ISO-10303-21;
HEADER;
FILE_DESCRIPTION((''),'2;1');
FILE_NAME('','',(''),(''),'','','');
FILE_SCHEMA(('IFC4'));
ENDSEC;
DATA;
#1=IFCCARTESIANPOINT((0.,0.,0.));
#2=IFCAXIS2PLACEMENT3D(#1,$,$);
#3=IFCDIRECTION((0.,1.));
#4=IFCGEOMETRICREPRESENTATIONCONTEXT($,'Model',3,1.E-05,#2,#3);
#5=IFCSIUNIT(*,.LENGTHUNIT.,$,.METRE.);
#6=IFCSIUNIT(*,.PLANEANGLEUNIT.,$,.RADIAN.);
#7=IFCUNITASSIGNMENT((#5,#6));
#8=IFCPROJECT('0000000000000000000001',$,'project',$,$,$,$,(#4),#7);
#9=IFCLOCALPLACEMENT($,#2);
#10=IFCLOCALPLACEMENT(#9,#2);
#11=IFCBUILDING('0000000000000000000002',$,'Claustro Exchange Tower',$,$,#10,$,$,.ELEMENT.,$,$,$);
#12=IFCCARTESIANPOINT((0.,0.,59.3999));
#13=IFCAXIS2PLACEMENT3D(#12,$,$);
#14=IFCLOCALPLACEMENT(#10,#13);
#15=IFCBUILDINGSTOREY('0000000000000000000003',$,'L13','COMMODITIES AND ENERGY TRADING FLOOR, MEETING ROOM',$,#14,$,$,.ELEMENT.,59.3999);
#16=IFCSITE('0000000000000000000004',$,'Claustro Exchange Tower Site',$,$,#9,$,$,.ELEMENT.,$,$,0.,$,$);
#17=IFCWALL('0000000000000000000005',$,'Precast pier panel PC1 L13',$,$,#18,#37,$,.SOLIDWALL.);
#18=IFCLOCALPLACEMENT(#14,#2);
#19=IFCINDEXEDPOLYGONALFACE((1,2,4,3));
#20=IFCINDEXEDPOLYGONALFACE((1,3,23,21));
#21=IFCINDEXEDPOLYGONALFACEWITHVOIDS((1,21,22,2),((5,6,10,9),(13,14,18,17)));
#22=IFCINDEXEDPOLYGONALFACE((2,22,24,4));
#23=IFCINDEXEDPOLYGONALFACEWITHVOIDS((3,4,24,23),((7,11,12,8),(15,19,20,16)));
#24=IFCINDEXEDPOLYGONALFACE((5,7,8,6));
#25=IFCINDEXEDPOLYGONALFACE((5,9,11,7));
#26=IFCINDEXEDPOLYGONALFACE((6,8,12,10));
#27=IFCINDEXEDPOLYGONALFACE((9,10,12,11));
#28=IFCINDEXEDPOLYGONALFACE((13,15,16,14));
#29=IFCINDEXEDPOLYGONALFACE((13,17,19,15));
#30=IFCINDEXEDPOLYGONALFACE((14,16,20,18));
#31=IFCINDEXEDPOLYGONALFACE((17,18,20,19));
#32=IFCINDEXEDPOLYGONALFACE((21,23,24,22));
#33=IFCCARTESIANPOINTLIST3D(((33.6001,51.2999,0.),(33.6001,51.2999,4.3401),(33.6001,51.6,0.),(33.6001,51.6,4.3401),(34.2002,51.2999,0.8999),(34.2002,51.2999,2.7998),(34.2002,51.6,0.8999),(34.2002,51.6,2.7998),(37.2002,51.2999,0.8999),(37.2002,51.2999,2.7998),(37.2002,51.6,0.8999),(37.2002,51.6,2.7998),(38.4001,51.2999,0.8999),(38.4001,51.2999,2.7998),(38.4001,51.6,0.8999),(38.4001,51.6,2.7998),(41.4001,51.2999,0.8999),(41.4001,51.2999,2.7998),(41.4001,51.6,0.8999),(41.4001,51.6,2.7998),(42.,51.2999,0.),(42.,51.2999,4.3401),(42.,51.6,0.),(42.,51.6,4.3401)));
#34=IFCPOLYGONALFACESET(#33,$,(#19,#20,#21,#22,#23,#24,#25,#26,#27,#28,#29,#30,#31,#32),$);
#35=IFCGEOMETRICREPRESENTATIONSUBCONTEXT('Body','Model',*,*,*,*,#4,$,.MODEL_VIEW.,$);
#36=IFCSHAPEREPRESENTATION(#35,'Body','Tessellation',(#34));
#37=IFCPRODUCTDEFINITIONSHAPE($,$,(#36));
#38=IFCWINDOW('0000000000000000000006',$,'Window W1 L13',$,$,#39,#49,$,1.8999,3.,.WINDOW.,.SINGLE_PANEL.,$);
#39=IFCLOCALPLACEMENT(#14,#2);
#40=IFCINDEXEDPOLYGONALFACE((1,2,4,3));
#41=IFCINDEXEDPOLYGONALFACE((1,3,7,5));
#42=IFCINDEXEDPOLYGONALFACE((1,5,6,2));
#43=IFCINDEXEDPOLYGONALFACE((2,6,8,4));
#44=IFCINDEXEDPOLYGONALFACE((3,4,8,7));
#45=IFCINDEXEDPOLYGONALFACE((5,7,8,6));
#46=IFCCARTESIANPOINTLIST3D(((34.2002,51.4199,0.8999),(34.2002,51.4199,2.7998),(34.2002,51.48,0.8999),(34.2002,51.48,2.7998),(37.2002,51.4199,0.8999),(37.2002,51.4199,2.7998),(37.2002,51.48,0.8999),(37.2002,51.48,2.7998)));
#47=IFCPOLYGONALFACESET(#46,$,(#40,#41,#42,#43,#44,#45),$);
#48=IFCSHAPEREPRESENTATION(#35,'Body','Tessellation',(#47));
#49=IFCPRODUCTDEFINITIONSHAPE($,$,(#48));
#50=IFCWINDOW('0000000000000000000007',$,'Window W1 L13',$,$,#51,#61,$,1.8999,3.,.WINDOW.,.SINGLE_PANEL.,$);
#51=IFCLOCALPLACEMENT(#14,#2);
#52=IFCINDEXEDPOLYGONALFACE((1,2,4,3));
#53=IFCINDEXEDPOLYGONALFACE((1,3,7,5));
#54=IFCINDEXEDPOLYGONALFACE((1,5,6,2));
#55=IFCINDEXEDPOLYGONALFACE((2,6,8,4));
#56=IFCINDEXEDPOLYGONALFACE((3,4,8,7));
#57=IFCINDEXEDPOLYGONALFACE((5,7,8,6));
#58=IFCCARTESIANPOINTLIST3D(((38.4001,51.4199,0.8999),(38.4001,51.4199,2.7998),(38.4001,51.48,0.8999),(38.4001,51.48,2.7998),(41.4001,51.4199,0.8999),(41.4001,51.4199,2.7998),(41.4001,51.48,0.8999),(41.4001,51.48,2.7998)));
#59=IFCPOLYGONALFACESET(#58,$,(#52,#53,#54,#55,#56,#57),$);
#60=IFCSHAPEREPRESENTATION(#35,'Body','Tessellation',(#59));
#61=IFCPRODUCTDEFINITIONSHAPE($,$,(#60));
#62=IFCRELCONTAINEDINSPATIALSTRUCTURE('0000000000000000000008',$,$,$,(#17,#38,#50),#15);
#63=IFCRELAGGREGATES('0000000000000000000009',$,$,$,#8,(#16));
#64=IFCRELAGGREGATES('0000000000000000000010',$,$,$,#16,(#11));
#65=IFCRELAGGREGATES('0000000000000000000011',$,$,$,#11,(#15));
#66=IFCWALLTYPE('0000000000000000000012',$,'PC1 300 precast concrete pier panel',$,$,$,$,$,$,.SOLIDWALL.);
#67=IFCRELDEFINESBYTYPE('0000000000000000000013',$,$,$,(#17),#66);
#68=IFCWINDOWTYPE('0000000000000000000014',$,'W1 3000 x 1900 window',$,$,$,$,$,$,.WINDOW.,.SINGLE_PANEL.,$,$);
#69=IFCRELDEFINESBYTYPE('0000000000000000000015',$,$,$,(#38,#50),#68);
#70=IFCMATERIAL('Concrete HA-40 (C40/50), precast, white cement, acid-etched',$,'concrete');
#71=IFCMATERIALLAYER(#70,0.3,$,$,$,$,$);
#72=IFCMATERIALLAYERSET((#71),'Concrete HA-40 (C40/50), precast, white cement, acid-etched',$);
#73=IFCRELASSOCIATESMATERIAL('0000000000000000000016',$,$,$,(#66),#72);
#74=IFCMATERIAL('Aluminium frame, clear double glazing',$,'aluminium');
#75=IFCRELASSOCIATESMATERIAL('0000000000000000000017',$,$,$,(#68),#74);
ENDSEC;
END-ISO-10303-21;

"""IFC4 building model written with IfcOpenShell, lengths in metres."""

from ifc_helpers import new_model, si_unit, direction, frame, frame_2d, origin, place, context, subcontext, project, spatial, rectangle, extrude, material, layer, layer_set, type_object, element, fill, save


model = new_model("IFC4")

# Units and contexts
model_context = context("Model", 3, precision=1e-05, world=origin(), true_north=direction((0.0, 1.0)))
body_context = subcontext(model_context, "Body", "Model", "MODEL_VIEW")
ifc_project = project(units=[si_unit("LENGTHUNIT", "METRE"), si_unit("PLANEANGLEUNIT", "RADIAN")], contexts=[model_context])

# Site, building, storey
site_placement = place(None, origin())
site = spatial("IfcSite", under=ifc_project, at=site_placement, Name="Claustro Exchange Tower Site", CompositionType="ELEMENT", RefElevation=0.0)
building_placement = place(site_placement, origin())
building = spatial("IfcBuilding", under=site, at=building_placement, Name="Claustro Exchange Tower", CompositionType="ELEMENT")
storey_placement = place(building_placement, frame((0.0, 0.0, 59.3999)))
storey = spatial("IfcBuildingStorey", under=building, at=storey_placement, Name="L13", Description="COMMODITIES AND ENERGY TRADING FLOOR, MEETING ROOM", CompositionType="ELEMENT", Elevation=59.3999)

# Wall, openings, windows
ifc_material_1 = material(Name="Concrete HA-40 (C40/50), precast, white cement, acid-etched", Category="concrete")
ifc_layer_1 = layer(ifc_material_1, 0.3)
ifc_layer_set_1 = layer_set([ifc_layer_1], Name="Concrete HA-40 (C40/50), precast, white cement, acid-etched")
wall_type_1 = type_object("IfcWallType", Name="PC1 300 precast concrete pier panel", PredefinedType="SOLIDWALL", material=ifc_layer_set_1)
ifc_material_2 = material(Name="Aluminium frame, clear double glazing", Category="aluminium")
window_type = type_object("IfcWindowType", Name="W1 3000 x 1900 window", PartitioningType="SINGLE_PANEL", PredefinedType="WINDOW", material=ifc_material_2)
wall_1_placement = place(storey_placement, frame((33.6001, 51.45, 0.0), z_axis=(0.0, 0.0, 1.0), x_axis=(1.0, 0.0, 0.0)))
wall_1 = element("IfcWall", 1, at=wall_1_placement, inside=storey, type_object=wall_type_1, Name="Precast pier panel PC1 L13", PredefinedType="SOLIDWALL", context=body_context, shape_type="SweptSolid", body=[
    extrude(rectangle(XDim=8.3999, YDim=0.3, at=frame_2d((4.2, 0.0))), origin(), (0.0, 0.0, 1.0), 4.3401),
])
opening_1_placement = place(wall_1_placement, frame((0.6001, 0.0, 0.8999)))
opening_1 = element("IfcOpeningElement", 2, at=opening_1_placement, cuts=wall_1, PredefinedType="OPENING", context=body_context, shape_type="SweptSolid", body=[
    extrude(rectangle(XDim=3.0, YDim=1.8999, at=frame_2d((1.5, 0.95))), frame((0.0, 0.1599, 0.0), z_axis=(0.0, -1.0, 0.0), x_axis=(1.0, 0.0, 0.0)), (0.0, 0.0, 1.0), 0.3201),
])
opening_2_placement = place(wall_1_placement, frame((4.8, 0.0, 0.8999)))
opening_2 = element("IfcOpeningElement", 3, at=opening_2_placement, cuts=wall_1, PredefinedType="OPENING", context=body_context, shape_type="SweptSolid", body=[
    extrude(rectangle(XDim=3.0, YDim=1.8999, at=frame_2d((1.5, 0.95))), frame((0.0, 0.1599, 0.0), z_axis=(0.0, -1.0, 0.0), x_axis=(1.0, 0.0, 0.0)), (0.0, 0.0, 1.0), 0.3201),
])
window_1_placement = place(opening_1_placement, origin())
window_1 = element("IfcWindow", 4, at=window_1_placement, inside=storey, type_object=window_type, Name="Window W1 L13", OverallHeight=1.8999, OverallWidth=3.0, PartitioningType="SINGLE_PANEL", PredefinedType="WINDOW", context=body_context, shape_type="SweptSolid", body=[
    extrude(rectangle(XDim=3.0, YDim=1.8999, at=frame_2d((1.5, 0.95))), frame((0.0, 0.03, 0.0), z_axis=(0.0, -1.0, 0.0), x_axis=(1.0, 0.0, 0.0)), (0.0, 0.0, 1.0), 0.0601),
])
fill(opening_1, window_1)
window_2_placement = place(opening_2_placement, origin())
window_2 = element("IfcWindow", 5, at=window_2_placement, inside=storey, type_object=window_type, Name="Window W1 L13", OverallHeight=1.8999, OverallWidth=3.0, PartitioningType="SINGLE_PANEL", PredefinedType="WINDOW", context=body_context, shape_type="SweptSolid", body=[
    extrude(rectangle(XDim=3.0, YDim=1.8999, at=frame_2d((1.5, 0.95))), frame((0.0, 0.03, 0.0), z_axis=(0.0, -1.0, 0.0), x_axis=(1.0, 0.0, 0.0)), (0.0, 0.0, 1.0), 0.0601),
])
fill(opening_2, window_2)

save(model, "model.ifc")
